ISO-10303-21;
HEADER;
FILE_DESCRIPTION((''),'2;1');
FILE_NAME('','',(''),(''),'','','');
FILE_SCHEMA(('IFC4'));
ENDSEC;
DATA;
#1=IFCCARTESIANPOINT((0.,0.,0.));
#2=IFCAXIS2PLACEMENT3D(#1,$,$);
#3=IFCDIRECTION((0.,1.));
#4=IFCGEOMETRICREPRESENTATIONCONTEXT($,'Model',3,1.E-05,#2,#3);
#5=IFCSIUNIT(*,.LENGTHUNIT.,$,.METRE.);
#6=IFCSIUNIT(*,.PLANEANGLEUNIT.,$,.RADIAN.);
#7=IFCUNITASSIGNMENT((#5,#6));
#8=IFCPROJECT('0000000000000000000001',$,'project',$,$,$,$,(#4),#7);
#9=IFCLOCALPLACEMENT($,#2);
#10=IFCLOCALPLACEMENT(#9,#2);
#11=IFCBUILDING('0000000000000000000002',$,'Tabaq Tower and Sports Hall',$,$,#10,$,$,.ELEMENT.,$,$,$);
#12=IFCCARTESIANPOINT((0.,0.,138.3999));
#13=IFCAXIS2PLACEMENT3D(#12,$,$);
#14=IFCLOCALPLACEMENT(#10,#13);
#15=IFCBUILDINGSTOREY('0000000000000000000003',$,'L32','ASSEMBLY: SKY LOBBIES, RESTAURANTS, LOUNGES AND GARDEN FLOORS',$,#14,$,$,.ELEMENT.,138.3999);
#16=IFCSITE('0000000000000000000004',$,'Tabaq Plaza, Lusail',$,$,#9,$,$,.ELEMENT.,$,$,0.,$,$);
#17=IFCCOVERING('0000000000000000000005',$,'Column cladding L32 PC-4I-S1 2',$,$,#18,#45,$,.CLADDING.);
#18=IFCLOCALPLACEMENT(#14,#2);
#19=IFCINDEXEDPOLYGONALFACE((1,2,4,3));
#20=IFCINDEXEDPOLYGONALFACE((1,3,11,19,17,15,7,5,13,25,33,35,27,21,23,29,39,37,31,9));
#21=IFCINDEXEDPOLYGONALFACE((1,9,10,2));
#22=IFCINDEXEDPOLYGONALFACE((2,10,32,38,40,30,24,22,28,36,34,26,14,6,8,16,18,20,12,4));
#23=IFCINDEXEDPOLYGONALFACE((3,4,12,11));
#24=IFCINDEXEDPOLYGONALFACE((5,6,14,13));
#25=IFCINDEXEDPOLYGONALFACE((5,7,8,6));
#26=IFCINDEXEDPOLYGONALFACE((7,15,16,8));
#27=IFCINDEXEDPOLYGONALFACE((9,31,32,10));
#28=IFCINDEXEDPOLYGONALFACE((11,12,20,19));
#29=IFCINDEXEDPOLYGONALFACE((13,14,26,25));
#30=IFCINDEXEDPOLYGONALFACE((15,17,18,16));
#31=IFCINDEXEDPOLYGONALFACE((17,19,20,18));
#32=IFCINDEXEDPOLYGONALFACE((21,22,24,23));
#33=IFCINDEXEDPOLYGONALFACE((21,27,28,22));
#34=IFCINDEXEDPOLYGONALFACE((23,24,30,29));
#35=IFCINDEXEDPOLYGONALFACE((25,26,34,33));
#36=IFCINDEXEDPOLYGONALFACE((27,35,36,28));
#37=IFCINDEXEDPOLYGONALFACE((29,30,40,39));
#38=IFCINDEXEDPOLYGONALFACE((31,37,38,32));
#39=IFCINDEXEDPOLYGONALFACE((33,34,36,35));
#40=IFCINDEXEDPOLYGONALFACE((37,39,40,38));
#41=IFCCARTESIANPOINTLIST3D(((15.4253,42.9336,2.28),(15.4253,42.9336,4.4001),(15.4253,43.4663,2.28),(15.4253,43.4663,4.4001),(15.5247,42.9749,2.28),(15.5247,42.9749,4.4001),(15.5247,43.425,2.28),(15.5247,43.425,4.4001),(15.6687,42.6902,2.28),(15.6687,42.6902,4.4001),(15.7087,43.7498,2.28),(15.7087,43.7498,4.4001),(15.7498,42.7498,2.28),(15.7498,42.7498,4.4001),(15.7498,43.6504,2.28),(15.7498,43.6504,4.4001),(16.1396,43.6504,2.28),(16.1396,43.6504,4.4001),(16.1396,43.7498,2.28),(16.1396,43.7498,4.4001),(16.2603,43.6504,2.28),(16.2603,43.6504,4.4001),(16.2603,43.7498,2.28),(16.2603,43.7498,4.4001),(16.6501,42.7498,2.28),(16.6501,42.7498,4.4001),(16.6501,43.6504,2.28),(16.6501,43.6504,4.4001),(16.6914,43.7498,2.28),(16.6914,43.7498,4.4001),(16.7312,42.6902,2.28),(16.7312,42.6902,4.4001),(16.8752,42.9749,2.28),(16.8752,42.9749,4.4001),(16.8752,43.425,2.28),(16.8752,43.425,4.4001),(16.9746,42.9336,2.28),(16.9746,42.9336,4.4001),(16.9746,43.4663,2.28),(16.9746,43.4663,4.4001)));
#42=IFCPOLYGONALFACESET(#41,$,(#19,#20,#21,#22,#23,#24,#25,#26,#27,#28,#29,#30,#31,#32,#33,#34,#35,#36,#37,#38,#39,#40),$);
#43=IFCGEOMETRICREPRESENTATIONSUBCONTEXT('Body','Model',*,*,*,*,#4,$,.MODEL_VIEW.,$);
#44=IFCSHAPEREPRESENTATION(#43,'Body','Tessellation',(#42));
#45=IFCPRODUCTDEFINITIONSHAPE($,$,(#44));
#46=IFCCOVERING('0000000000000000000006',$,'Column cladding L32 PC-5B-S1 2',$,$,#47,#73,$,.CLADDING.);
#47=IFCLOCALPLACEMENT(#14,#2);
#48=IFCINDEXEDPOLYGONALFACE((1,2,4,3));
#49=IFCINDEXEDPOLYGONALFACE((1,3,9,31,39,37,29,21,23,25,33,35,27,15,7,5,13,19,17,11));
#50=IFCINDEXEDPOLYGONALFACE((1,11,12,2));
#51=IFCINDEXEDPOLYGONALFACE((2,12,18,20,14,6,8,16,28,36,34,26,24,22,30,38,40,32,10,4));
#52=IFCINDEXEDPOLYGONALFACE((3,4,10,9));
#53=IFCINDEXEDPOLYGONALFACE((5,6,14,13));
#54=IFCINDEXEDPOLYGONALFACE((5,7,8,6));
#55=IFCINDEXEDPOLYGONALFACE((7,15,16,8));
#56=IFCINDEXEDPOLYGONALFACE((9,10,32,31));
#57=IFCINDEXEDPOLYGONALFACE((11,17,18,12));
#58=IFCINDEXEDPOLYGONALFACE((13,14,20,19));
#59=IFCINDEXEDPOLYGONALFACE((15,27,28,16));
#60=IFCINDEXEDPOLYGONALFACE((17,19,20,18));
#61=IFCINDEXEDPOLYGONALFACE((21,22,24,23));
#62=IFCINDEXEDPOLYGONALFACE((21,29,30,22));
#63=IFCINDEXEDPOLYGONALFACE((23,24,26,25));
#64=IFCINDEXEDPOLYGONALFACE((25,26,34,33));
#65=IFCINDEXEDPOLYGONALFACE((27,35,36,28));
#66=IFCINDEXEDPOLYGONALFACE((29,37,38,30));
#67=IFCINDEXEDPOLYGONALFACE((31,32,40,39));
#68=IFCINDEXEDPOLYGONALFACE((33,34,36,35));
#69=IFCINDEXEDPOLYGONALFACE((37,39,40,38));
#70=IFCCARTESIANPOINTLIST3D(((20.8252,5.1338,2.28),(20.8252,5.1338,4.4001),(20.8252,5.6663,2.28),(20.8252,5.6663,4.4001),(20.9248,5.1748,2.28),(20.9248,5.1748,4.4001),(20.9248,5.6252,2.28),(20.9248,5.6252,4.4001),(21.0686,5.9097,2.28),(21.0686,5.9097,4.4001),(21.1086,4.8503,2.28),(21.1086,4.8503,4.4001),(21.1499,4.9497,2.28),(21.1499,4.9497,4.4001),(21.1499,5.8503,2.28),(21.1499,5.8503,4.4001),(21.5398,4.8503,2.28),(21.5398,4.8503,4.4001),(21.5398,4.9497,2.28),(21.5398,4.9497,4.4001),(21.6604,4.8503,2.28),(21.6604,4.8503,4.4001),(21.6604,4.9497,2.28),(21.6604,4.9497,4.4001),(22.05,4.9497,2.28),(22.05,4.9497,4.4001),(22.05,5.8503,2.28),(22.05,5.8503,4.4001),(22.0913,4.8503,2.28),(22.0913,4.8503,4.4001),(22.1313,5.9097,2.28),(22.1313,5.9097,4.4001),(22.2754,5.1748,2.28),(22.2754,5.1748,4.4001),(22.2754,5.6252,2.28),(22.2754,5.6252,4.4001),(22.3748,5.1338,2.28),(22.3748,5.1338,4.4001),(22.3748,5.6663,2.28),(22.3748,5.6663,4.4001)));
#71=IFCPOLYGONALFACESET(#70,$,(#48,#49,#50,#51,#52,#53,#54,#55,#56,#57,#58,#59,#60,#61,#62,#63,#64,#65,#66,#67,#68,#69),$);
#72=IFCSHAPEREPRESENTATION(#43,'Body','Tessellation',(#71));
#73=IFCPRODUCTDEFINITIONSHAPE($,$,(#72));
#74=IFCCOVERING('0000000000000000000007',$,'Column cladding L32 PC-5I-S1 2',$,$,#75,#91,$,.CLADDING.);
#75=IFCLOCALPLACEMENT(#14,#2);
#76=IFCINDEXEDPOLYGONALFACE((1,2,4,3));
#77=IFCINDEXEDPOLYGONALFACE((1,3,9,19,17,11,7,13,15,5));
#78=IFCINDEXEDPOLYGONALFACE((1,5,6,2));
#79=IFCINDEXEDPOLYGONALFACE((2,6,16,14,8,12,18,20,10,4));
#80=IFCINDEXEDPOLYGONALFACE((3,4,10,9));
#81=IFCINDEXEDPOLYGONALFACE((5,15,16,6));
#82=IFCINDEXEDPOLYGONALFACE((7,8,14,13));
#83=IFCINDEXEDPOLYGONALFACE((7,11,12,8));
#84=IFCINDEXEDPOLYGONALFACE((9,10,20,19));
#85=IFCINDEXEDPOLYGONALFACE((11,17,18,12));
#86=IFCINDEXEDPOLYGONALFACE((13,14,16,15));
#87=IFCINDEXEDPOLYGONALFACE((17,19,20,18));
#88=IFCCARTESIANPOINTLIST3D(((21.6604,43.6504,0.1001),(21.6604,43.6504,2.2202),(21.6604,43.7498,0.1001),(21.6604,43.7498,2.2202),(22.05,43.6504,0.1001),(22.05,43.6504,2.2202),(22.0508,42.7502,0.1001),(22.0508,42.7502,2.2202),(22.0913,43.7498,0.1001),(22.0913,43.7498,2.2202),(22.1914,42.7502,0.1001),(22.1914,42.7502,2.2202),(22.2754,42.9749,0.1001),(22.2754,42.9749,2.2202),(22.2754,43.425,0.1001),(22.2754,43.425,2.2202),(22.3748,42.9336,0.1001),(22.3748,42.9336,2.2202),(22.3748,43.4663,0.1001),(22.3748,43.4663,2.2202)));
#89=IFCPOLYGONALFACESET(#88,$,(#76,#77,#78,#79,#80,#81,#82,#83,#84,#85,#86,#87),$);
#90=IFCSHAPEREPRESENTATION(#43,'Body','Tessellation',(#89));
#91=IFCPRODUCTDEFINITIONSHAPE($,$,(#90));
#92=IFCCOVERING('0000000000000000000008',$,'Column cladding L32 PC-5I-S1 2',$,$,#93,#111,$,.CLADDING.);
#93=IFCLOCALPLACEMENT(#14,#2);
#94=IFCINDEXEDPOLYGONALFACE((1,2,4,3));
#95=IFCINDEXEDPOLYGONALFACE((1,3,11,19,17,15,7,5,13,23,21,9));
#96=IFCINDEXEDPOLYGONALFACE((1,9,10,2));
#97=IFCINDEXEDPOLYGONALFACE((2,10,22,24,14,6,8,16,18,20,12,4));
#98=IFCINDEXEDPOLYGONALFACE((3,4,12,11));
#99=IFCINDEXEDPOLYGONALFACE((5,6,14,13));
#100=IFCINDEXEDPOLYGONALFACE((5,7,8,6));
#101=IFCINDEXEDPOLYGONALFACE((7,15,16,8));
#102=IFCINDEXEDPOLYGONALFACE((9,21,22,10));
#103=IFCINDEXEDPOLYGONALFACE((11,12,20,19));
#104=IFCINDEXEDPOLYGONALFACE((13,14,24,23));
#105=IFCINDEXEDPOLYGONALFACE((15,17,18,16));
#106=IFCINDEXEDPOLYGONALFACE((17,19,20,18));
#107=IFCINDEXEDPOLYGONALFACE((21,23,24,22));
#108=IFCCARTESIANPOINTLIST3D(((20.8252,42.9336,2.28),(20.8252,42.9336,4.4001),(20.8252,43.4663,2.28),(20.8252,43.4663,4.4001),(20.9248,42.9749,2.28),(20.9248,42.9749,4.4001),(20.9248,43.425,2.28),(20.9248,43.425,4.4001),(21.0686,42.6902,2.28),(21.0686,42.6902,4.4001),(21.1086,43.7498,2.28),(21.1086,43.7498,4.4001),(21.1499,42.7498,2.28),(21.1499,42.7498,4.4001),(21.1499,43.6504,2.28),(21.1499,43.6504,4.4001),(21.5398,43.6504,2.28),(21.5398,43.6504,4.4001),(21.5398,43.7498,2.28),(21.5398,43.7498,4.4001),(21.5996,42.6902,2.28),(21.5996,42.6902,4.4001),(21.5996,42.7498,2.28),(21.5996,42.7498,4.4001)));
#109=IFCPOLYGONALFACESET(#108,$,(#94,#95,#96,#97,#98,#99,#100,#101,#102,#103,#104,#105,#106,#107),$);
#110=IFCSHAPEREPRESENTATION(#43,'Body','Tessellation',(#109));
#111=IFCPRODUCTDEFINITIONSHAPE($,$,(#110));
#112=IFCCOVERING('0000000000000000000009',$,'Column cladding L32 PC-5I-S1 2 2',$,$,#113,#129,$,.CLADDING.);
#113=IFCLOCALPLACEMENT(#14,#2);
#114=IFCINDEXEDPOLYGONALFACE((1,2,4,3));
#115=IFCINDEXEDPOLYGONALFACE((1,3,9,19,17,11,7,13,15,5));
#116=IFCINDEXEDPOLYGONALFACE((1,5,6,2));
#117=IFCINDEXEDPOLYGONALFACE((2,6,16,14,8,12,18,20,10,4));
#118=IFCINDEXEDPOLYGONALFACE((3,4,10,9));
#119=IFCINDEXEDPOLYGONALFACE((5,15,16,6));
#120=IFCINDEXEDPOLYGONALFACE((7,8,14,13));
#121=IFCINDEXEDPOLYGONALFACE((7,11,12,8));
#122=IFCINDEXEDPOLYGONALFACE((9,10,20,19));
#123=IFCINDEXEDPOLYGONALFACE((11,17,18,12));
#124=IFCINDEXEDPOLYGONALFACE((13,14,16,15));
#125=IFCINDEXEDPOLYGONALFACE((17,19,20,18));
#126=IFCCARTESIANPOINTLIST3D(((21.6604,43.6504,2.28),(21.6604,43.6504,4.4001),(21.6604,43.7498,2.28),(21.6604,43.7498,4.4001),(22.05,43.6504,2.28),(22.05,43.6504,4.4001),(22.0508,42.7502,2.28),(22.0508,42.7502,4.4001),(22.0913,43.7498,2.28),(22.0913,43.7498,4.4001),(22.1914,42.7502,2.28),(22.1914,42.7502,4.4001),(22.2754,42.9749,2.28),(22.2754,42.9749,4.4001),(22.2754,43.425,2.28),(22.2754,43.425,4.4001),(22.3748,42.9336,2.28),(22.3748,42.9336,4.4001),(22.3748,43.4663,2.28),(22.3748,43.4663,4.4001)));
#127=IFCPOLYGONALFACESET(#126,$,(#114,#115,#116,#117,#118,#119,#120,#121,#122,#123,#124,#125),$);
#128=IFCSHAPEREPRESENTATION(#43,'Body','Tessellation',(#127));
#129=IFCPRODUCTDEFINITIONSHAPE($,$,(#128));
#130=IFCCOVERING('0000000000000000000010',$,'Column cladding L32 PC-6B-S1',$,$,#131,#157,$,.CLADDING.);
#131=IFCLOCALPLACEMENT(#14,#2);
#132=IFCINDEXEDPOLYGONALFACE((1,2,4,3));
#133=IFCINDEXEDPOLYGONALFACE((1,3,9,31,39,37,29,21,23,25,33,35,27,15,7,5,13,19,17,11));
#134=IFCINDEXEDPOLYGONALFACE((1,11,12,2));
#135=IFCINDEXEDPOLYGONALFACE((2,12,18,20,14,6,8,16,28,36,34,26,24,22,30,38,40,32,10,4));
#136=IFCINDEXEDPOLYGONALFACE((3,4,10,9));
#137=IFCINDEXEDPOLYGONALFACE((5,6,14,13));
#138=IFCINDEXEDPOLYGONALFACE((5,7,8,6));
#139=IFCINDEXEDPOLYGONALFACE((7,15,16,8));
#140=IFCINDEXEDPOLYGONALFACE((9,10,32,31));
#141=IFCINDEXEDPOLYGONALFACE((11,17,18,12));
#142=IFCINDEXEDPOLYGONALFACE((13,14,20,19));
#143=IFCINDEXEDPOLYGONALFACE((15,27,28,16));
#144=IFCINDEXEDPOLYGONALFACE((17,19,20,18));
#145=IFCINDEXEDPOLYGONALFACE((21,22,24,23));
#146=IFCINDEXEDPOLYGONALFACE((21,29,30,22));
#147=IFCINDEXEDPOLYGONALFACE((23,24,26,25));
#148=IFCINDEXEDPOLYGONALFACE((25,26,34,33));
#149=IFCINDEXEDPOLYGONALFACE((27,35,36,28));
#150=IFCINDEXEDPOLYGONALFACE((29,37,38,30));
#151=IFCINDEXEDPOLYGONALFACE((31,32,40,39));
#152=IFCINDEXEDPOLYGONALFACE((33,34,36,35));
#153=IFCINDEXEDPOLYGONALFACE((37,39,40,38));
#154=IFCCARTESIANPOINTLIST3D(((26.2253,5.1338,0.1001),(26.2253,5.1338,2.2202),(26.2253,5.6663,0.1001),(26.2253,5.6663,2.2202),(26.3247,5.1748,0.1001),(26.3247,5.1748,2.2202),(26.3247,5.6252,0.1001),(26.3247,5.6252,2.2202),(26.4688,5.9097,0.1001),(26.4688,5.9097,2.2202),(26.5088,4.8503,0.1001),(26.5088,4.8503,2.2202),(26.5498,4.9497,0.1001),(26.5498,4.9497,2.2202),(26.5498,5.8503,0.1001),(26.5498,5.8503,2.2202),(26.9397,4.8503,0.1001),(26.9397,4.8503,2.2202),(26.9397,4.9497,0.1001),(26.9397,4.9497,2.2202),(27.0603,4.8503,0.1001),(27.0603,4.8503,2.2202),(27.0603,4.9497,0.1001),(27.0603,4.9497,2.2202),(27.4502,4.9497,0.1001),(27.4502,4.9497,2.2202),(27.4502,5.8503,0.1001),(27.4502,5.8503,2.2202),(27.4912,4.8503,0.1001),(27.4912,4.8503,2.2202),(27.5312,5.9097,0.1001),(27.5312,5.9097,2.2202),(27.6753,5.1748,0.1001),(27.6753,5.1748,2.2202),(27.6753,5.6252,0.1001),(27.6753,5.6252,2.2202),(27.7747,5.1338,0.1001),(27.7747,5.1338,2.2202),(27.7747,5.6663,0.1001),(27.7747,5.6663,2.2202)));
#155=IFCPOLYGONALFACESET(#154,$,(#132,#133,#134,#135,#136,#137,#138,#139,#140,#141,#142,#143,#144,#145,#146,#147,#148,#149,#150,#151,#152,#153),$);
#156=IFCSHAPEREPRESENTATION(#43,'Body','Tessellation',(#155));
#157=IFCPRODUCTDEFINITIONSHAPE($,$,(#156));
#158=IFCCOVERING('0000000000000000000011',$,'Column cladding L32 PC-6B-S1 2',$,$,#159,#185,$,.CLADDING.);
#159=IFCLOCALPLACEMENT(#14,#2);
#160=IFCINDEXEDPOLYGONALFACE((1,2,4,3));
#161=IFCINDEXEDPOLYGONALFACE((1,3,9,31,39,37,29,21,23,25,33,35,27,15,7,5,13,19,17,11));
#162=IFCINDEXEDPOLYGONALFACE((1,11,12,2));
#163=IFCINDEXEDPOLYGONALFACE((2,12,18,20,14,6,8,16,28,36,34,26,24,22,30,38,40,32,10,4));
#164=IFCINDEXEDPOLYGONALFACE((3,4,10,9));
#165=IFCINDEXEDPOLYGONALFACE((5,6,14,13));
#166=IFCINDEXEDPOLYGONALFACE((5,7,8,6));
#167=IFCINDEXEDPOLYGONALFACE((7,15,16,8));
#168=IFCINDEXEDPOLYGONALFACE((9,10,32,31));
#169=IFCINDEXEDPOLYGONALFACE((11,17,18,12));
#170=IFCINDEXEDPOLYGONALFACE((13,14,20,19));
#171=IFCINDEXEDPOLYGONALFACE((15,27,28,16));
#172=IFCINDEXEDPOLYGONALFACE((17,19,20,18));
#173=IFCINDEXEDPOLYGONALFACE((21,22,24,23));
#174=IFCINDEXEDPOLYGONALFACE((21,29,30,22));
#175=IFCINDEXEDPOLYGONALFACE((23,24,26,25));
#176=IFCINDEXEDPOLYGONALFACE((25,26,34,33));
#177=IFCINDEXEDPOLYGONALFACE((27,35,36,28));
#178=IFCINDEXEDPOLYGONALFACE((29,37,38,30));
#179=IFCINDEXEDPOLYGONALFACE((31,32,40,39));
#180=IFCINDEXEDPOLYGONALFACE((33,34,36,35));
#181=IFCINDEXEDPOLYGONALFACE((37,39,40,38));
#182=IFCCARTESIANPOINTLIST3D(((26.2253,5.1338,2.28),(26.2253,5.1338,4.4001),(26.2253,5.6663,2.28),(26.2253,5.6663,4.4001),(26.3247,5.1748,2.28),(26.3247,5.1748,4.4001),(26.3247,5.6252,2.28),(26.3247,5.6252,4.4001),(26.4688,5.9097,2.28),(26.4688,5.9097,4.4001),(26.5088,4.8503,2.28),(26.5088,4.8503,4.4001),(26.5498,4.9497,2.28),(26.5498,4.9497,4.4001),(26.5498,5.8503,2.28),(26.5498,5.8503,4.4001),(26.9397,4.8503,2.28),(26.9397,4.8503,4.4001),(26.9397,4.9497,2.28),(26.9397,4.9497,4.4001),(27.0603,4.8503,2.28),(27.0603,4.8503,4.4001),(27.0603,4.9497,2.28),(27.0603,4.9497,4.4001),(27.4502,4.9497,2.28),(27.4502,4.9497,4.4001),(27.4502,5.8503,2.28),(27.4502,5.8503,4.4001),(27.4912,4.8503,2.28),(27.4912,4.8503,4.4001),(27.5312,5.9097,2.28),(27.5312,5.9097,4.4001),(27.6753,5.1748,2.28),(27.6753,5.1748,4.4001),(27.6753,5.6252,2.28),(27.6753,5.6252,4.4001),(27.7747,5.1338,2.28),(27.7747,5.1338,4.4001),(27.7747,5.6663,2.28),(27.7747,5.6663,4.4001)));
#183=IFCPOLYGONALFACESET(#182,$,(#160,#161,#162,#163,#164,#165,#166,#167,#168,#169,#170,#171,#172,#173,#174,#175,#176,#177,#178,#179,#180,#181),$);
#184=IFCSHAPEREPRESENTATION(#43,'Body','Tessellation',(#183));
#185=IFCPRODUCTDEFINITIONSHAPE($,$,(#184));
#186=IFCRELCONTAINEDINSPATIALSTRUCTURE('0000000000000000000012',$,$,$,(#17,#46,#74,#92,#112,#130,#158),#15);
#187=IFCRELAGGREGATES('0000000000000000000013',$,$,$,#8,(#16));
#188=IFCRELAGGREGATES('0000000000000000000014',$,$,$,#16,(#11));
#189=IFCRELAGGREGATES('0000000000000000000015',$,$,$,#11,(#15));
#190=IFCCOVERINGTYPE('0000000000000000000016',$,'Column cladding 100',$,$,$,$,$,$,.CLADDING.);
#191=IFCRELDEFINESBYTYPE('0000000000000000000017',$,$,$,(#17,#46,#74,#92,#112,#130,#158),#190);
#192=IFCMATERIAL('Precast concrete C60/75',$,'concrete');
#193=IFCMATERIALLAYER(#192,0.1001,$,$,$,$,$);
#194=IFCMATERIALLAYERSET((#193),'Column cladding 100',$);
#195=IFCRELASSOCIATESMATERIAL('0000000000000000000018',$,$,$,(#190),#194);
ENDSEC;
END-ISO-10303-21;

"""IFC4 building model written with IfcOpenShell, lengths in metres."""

from ifc_helpers import new_model, si_unit, direction, frame, origin, place, context, subcontext, project, spatial, polyline, outline, extrude, material, layer, layer_set, type_object, element, save


model = new_model("IFC4")

# Units and contexts
model_context = context("Model", 3, precision=1e-05, world=origin(), true_north=direction((0.0, 1.0)))
body_context = subcontext(model_context, "Body", "Model", "MODEL_VIEW")
ifc_project = project(units=[si_unit("LENGTHUNIT", "METRE"), si_unit("PLANEANGLEUNIT", "RADIAN")], contexts=[model_context])

# Site, building, storey
site_placement = place(None, origin())
site = spatial("IfcSite", under=ifc_project, at=site_placement, Name="Tabaq Plaza, Lusail", CompositionType="ELEMENT", RefElevation=0.0)
building_placement = place(site_placement, origin())
building = spatial("IfcBuilding", under=site, at=building_placement, Name="Tabaq Tower and Sports Hall", CompositionType="ELEMENT")
storey_placement = place(building_placement, frame((0.0, 0.0, 138.3999)))
storey = spatial("IfcBuildingStorey", under=building, at=storey_placement, Name="L32", Description="ASSEMBLY: SKY LOBBIES, RESTAURANTS, LOUNGES AND GARDEN FLOORS", CompositionType="ELEMENT", Elevation=138.3999)

# Coverings
ifc_material = material(Name="Precast concrete C60/75", Category="concrete")
ifc_layer = layer(ifc_material, 0.1001)
ifc_layer_set = layer_set([ifc_layer], Name="Column cladding 100")
covering_type = type_object("IfcCoveringType", Name="Column cladding 100", PredefinedType="CLADDING", material=ifc_layer_set)
covering_1_placement = place(storey_placement, frame((0.0, 0.0, 2.28)))
element("IfcCovering", 1, at=covering_1_placement, inside=storey, type_object=covering_type, Name="Column cladding L32 PC-4I-S1 2", PredefinedType="CLADDING", context=body_context, shape_type="SweptSolid", body=[
    extrude(outline(polyline([(15.4253, 43.4663), (15.7087, 43.7498), (16.1396, 43.7498), (16.1396, 43.6504), (15.7498, 43.6504), (15.5247, 43.425), (15.5247, 42.9749), (15.7498, 42.7498), (16.6501, 42.7498), (16.8752, 42.9749), (16.8752, 43.425), (16.6501, 43.6504), (16.2603, 43.6504), (16.2603, 43.7498), (16.6914, 43.7498), (16.9746, 43.4663), (16.9746, 42.9336), (16.7312, 42.6902), (15.6687, 42.6902), (15.4253, 42.9336), (15.4253, 43.4663)])), origin(), (0.0, 0.0, 1.0), 2.1201),
])
covering_2_placement = place(storey_placement, frame((0.0, 0.0, 2.28)))
element("IfcCovering", 2, at=covering_2_placement, inside=storey, type_object=covering_type, Name="Column cladding L32 PC-5B-S1 2", PredefinedType="CLADDING", context=body_context, shape_type="SweptSolid", body=[
    extrude(outline(polyline([(20.8252, 5.6663), (21.0686, 5.9097), (22.1313, 5.9097), (22.3748, 5.6663), (22.3748, 5.1338), (22.0913, 4.8503), (21.6604, 4.8503), (21.6604, 4.9497), (22.05, 4.9497), (22.2754, 5.1748), (22.2754, 5.6252), (22.05, 5.8503), (21.1499, 5.8503), (20.9248, 5.6252), (20.9248, 5.1748), (21.1499, 4.9497), (21.5398, 4.9497), (21.5398, 4.8503), (21.1086, 4.8503), (20.8252, 5.1338), (20.8252, 5.6663)])), origin(), (0.0, 0.0, 1.0), 2.1201),
])
covering_3_placement = place(storey_placement, frame((0.0, 0.0, 0.1001)))
element("IfcCovering", 3, at=covering_3_placement, inside=storey, type_object=covering_type, Name="Column cladding L32 PC-5I-S1 2", PredefinedType="CLADDING", context=body_context, shape_type="SweptSolid", body=[
    extrude(outline(polyline([(22.0913, 43.7498), (22.3748, 43.4663), (22.3748, 42.9336), (22.1914, 42.7502), (22.0508, 42.7502), (22.2754, 42.9749), (22.2754, 43.425), (22.05, 43.6504), (21.6604, 43.6504), (21.6604, 43.7498), (22.0913, 43.7498)])), origin(), (0.0, 0.0, 1.0), 2.1201),
])
covering_4_placement = place(storey_placement, frame((0.0, 0.0, 2.28)))
element("IfcCovering", 4, at=covering_4_placement, inside=storey, type_object=covering_type, Name="Column cladding L32 PC-5I-S1 2", PredefinedType="CLADDING", context=body_context, shape_type="SweptSolid", body=[
    extrude(outline(polyline([(20.8252, 43.4663), (21.1086, 43.7498), (21.5398, 43.7498), (21.5398, 43.6504), (21.1499, 43.6504), (20.9248, 43.425), (20.9248, 42.9749), (21.1499, 42.7498), (21.5996, 42.7498), (21.5996, 42.6902), (21.0686, 42.6902), (20.8252, 42.9336), (20.8252, 43.4663)])), origin(), (0.0, 0.0, 1.0), 2.1201),
])
covering_5_placement = place(storey_placement, frame((0.0, 0.0, 2.28)))
element("IfcCovering", 5, at=covering_5_placement, inside=storey, type_object=covering_type, Name="Column cladding L32 PC-5I-S1 2 2", PredefinedType="CLADDING", context=body_context, shape_type="SweptSolid", body=[
    extrude(outline(polyline([(22.0913, 43.7498), (22.3748, 43.4663), (22.3748, 42.9336), (22.1914, 42.7502), (22.0508, 42.7502), (22.2754, 42.9749), (22.2754, 43.425), (22.05, 43.6504), (21.6604, 43.6504), (21.6604, 43.7498), (22.0913, 43.7498)])), origin(), (0.0, 0.0, 1.0), 2.1201),
])
for number, where, name in (
    (6, (0.0, 0.0, 0.1001), "Column cladding L32 PC-6B-S1"),
    (7, (0.0, 0.0, 2.28), "Column cladding L32 PC-6B-S1 2"),
):
    element("IfcCovering", number, at=place(storey_placement, frame(where)), inside=storey, type_object=covering_type, Name=name, PredefinedType="CLADDING", context=body_context, shape_type="SweptSolid", body=[
        extrude(outline(polyline([(26.2253, 5.6663), (26.4688, 5.9097), (27.5312, 5.9097), (27.7747, 5.6663), (27.7747, 5.1338), (27.4912, 4.8503), (27.0603, 4.8503), (27.0603, 4.9497), (27.4502, 4.9497), (27.6753, 5.1748), (27.6753, 5.6252), (27.4502, 5.8503), (26.5498, 5.8503), (26.3247, 5.6252), (26.3247, 5.1748), (26.5498, 4.9497), (26.9397, 4.9497), (26.9397, 4.8503), (26.5088, 4.8503), (26.2253, 5.1338), (26.2253, 5.6663)])), origin(), (0.0, 0.0, 1.0), 2.1201),
    ])

save(model, "model.ifc")
